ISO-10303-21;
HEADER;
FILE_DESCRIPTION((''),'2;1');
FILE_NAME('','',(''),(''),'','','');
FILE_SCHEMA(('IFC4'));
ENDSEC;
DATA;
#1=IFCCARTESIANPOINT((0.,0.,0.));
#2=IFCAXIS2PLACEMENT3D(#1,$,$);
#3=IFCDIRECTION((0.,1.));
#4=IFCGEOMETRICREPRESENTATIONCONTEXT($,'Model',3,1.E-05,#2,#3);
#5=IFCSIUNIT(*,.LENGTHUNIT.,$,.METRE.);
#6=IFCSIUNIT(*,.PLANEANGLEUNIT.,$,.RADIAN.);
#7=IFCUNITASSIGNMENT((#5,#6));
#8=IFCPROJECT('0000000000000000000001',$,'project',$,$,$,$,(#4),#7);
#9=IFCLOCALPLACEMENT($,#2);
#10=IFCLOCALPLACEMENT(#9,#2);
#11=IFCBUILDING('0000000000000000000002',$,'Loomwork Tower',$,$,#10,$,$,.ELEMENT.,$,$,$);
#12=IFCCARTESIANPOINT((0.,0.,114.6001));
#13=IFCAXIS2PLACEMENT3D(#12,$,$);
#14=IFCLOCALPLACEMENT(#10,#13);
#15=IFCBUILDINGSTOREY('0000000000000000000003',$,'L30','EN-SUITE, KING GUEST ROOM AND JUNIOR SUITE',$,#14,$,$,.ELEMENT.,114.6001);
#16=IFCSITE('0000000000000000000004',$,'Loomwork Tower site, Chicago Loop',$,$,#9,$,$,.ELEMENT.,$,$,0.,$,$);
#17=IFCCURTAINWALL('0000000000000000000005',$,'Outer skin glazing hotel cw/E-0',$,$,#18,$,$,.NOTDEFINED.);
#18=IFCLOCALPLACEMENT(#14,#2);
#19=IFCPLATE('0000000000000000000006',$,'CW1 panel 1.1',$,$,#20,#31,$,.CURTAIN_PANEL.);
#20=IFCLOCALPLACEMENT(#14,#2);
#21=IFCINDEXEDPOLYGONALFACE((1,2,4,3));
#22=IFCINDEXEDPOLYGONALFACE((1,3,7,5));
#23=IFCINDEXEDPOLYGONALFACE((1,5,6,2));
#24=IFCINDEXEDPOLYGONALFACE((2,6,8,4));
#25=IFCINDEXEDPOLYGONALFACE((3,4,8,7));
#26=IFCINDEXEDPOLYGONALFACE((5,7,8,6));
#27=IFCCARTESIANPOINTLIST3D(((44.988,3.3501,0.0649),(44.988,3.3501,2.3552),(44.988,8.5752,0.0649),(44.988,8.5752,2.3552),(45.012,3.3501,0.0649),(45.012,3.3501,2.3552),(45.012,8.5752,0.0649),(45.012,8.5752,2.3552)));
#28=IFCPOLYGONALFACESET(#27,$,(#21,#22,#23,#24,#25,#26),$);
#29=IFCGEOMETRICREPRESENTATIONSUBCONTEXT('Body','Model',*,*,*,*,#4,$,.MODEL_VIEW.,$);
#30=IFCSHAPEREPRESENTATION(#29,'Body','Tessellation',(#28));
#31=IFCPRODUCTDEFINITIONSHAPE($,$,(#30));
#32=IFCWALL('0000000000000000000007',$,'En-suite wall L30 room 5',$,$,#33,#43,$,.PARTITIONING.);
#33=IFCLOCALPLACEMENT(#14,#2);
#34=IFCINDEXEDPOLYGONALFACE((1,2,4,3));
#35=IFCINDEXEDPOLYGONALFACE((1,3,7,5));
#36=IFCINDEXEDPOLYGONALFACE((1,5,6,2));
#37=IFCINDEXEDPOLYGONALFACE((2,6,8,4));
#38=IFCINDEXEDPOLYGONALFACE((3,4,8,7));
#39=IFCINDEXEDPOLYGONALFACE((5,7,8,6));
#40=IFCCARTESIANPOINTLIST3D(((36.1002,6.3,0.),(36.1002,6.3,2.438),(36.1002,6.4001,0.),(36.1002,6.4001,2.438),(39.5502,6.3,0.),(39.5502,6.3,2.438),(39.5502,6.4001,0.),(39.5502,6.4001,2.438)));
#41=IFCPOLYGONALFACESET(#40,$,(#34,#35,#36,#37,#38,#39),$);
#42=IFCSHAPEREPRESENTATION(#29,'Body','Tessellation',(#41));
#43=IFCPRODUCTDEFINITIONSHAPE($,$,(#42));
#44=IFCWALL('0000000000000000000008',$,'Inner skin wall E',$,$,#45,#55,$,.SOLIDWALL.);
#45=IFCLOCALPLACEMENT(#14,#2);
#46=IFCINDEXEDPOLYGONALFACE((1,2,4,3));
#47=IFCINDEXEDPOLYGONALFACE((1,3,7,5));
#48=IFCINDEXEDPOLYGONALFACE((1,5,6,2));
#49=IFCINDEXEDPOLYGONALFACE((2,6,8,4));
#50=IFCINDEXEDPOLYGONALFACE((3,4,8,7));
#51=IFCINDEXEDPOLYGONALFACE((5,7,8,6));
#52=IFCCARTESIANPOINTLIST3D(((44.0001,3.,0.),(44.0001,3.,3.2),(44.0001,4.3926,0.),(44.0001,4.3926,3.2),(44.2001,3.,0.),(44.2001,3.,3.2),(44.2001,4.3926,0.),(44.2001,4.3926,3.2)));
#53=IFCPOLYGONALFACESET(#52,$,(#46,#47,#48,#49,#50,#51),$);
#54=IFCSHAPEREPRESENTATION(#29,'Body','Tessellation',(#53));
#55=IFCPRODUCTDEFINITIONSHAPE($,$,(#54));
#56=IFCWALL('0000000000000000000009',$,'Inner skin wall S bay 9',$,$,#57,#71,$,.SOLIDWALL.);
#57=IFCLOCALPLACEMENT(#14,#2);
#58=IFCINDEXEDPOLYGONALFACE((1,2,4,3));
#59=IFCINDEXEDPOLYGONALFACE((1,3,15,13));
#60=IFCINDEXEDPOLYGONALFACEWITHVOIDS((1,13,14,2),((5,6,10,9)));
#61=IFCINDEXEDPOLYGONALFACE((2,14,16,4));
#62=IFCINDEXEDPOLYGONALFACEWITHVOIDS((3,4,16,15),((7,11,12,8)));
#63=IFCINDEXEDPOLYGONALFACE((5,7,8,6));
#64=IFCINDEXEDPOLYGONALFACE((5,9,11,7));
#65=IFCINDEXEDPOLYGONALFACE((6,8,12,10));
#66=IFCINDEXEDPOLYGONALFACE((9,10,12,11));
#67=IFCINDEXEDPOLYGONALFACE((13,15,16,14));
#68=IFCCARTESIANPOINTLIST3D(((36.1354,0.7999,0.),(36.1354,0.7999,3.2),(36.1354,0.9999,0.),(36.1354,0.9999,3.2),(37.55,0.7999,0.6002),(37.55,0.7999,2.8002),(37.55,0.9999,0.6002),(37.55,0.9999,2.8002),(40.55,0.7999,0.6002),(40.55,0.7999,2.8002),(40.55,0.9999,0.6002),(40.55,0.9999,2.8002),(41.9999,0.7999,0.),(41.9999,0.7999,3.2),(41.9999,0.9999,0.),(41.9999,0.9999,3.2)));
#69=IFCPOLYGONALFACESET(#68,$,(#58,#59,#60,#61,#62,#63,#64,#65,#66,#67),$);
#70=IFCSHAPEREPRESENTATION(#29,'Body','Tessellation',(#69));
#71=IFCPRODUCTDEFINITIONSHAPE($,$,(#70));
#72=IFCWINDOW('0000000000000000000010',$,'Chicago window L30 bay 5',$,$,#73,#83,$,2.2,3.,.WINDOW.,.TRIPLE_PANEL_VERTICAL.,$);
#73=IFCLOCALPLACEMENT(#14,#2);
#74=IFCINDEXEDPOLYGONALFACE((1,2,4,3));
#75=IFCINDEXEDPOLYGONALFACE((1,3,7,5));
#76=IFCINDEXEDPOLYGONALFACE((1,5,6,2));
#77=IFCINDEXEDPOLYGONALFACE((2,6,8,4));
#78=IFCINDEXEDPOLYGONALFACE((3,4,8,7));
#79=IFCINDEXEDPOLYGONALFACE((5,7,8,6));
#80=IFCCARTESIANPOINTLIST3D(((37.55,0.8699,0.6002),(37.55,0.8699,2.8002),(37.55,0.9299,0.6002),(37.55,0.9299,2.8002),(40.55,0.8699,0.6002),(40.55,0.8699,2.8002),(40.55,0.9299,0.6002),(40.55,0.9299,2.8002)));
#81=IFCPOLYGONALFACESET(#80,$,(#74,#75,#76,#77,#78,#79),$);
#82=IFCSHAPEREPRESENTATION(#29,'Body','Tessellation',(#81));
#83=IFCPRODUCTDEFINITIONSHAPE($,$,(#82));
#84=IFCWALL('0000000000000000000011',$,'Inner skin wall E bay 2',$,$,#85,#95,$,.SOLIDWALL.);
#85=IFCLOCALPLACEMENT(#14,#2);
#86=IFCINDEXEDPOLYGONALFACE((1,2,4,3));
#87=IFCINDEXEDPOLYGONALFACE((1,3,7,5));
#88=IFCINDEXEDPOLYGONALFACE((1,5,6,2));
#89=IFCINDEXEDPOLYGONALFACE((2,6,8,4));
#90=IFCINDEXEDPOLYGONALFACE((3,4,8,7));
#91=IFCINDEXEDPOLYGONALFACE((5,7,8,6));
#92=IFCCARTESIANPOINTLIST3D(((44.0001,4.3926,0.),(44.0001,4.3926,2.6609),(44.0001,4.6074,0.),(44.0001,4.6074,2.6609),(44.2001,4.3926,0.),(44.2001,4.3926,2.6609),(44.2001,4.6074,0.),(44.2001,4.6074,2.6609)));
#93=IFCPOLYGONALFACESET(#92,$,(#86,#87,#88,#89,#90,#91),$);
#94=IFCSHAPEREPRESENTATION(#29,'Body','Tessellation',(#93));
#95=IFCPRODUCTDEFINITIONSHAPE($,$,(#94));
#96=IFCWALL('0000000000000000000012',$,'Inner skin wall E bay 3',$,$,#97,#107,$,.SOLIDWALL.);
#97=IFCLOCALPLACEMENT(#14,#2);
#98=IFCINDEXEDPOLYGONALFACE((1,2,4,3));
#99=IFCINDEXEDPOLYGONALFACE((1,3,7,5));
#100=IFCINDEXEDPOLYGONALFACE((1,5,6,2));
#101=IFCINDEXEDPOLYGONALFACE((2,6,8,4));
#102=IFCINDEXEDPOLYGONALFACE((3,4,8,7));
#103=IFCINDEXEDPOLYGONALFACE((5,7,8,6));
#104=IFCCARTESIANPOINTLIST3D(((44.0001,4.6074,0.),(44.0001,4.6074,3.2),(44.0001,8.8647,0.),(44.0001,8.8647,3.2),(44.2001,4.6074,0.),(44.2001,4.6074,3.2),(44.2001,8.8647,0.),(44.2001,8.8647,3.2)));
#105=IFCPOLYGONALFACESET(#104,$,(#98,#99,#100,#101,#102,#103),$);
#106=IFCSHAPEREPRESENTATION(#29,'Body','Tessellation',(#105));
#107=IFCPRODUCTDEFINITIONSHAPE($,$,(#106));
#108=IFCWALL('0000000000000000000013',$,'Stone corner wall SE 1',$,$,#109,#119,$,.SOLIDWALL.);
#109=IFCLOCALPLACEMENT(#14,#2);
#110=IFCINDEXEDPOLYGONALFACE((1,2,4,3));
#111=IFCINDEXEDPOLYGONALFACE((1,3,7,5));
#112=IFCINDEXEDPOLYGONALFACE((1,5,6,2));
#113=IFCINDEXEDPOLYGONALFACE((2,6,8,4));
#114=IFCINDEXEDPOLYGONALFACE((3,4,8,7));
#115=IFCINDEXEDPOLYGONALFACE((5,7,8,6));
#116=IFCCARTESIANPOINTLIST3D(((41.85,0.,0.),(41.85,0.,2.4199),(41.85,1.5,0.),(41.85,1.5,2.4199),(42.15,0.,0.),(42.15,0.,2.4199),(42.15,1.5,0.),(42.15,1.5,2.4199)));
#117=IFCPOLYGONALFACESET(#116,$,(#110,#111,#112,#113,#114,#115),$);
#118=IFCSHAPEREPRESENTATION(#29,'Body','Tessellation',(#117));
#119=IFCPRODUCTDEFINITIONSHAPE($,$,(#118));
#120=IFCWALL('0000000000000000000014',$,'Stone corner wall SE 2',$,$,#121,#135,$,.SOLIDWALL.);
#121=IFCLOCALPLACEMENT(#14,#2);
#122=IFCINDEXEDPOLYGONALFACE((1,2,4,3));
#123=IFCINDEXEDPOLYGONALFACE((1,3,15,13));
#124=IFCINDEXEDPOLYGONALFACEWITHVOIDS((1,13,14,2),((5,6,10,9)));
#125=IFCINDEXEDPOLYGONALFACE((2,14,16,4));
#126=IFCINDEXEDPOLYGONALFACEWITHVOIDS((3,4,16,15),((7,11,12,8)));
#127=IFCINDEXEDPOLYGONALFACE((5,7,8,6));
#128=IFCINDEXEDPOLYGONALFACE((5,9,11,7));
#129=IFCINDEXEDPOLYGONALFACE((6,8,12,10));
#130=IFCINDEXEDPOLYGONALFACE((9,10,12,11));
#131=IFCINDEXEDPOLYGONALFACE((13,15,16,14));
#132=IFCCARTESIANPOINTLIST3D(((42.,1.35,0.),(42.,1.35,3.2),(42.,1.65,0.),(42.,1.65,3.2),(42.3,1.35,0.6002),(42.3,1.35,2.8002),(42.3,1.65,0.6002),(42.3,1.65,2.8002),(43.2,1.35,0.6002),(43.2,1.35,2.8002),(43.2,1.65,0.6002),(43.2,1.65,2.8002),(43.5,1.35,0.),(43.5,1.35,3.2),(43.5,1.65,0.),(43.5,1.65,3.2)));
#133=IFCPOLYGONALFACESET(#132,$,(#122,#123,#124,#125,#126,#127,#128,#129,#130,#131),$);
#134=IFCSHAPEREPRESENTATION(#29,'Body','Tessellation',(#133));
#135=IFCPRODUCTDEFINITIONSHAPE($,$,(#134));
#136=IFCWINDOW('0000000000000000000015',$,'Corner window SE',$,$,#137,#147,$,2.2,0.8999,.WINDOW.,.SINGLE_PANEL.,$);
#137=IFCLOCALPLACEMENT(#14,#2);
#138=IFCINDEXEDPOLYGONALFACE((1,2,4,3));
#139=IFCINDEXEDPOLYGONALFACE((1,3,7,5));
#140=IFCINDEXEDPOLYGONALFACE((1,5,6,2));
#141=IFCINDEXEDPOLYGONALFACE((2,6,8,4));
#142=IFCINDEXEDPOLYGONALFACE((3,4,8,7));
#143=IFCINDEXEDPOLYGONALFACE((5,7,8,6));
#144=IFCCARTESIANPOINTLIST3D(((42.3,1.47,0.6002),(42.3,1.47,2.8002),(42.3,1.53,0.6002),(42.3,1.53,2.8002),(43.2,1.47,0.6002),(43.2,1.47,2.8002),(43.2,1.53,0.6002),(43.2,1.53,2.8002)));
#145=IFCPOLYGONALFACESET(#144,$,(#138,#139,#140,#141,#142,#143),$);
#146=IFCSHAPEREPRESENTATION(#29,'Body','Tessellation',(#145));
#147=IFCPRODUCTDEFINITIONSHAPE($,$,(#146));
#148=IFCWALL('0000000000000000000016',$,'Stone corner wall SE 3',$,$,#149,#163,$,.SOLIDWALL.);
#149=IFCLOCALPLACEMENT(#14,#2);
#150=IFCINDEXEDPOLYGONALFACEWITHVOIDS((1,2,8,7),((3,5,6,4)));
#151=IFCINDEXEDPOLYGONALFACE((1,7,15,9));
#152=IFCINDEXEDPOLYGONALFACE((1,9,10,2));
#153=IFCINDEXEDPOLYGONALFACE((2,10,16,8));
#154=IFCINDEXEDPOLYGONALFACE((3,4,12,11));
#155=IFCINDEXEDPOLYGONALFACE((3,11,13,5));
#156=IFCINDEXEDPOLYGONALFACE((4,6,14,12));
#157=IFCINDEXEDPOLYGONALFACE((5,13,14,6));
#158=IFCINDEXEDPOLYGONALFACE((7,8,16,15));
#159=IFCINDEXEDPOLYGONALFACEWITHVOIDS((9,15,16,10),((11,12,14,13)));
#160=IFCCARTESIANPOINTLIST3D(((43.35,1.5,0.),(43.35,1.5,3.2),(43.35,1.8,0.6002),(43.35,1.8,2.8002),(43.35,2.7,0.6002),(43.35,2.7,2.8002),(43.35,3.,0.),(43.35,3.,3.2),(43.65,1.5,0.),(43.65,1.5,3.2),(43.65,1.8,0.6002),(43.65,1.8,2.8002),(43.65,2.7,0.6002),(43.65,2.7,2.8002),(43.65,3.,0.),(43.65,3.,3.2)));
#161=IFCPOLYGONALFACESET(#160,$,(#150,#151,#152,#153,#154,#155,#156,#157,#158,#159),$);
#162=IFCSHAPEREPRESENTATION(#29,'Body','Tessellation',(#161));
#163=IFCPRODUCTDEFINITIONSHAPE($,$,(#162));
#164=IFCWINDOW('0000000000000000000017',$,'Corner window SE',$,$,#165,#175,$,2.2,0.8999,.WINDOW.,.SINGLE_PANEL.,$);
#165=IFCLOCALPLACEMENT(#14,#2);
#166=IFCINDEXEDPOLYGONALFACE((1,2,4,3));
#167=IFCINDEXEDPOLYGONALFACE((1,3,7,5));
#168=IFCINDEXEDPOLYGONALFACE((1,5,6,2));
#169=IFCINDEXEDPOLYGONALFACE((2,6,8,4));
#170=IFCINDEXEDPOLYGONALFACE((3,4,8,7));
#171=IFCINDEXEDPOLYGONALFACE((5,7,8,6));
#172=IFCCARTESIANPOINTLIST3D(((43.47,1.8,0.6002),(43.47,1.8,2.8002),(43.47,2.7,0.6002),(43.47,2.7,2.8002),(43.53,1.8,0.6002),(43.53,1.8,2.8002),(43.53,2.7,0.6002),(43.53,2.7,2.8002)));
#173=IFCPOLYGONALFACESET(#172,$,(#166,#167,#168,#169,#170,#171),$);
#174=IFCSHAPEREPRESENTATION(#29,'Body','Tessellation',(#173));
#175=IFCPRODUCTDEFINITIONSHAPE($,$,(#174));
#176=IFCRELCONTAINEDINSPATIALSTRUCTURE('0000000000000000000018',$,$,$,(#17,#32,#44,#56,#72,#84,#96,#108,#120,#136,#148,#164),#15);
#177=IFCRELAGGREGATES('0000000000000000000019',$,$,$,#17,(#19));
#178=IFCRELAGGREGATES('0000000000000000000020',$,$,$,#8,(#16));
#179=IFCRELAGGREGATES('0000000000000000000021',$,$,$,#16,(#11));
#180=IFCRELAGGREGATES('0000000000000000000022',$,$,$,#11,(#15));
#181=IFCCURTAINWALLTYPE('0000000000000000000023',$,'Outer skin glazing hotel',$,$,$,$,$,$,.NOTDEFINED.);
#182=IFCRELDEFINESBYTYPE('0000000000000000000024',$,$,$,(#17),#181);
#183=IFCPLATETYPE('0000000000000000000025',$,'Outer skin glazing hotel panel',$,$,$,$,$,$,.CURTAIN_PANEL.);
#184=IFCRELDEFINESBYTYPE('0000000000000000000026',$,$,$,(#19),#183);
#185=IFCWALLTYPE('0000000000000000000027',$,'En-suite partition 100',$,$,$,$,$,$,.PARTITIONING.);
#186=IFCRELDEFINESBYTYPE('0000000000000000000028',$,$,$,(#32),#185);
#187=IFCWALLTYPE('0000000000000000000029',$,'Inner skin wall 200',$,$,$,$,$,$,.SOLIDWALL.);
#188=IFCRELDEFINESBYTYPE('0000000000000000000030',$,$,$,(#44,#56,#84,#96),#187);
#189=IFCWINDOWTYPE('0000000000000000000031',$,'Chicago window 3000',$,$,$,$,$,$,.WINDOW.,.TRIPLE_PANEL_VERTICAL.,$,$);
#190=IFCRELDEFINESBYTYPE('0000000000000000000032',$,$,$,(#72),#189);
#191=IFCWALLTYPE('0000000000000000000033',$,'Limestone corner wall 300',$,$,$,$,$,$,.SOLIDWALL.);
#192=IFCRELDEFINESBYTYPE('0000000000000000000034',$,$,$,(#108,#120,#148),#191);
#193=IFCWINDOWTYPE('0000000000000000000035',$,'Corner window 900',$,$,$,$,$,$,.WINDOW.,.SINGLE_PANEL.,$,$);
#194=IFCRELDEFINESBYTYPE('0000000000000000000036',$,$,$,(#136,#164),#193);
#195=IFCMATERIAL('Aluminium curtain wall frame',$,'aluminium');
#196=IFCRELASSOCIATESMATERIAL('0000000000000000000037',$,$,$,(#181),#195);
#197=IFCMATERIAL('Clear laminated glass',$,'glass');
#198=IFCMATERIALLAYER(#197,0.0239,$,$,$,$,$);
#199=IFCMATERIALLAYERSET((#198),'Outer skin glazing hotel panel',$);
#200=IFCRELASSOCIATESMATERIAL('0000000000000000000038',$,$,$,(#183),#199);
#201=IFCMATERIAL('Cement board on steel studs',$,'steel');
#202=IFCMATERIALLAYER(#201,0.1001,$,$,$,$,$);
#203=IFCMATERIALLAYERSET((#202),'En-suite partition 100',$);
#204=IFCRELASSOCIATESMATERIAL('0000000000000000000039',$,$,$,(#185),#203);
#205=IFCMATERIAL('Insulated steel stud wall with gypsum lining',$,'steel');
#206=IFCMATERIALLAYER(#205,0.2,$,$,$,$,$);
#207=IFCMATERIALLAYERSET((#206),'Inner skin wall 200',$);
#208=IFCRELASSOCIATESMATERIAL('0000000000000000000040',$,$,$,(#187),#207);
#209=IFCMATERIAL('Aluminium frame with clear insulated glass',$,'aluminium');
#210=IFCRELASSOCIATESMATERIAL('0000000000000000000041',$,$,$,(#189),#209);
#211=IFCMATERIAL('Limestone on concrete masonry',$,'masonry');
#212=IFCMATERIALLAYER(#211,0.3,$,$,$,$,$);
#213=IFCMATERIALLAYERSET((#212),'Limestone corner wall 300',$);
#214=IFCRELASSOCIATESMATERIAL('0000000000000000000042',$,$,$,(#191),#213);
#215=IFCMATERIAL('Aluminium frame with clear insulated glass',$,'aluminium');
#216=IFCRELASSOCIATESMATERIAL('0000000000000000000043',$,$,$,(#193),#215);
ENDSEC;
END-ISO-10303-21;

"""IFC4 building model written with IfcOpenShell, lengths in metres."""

from ifc_helpers import new_model, si_unit, direction, frame, frame_2d, origin, origin_2d, place, context, subcontext, project, spatial, rectangle, extrude, material, layer, layer_set, type_object, element, fill, aggregate, save


model = new_model("IFC4")

# Units and contexts
model_context = context("Model", 3, precision=1e-05, world=origin(), true_north=direction((0.0, 1.0)))
body_context = subcontext(model_context, "Body", "Model", "MODEL_VIEW")
ifc_project = project(units=[si_unit("LENGTHUNIT", "METRE"), si_unit("PLANEANGLEUNIT", "RADIAN")], contexts=[model_context])

# Site, building, storey
site_placement = place(None, origin())
site = spatial("IfcSite", under=ifc_project, at=site_placement, Name="Loomwork Tower site, Chicago Loop", CompositionType="ELEMENT", RefElevation=0.0)
building_placement = place(site_placement, origin())
building = spatial("IfcBuilding", under=site, at=building_placement, Name="Loomwork Tower", CompositionType="ELEMENT")
storey_placement = place(building_placement, frame((0.0, 0.0, 114.6001)))
storey = spatial("IfcBuildingStorey", under=building, at=storey_placement, Name="L30", Description="EN-SUITE, KING GUEST ROOM AND JUNIOR SUITE", CompositionType="ELEMENT", Elevation=114.6001)

# Curtain wall
ifc_material_1 = material(Name="Aluminium curtain wall frame", Category="aluminium")
curtain_wall_type = type_object("IfcCurtainWallType", Name="Outer skin glazing hotel", PredefinedType="NOTDEFINED", material=ifc_material_1)
curtain_wall_1_placement = place(storey_placement, origin())
curtain_wall_1 = element("IfcCurtainWall", 1, at=curtain_wall_1_placement, inside=storey, type_object=curtain_wall_type, Name="Outer skin glazing hotel cw/E-0", PredefinedType="NOTDEFINED")

# Plate
ifc_material_2 = material(Name="Clear laminated glass", Category="glass")
ifc_layer_1 = layer(ifc_material_2, 0.0239)
ifc_layer_set_1 = layer_set([ifc_layer_1], Name="Outer skin glazing hotel panel")
plate_type = type_object("IfcPlateType", Name="Outer skin glazing hotel panel", PredefinedType="CURTAIN_PANEL", material=ifc_layer_set_1)
plate_1_placement = place(storey_placement, frame((45.0, 5.9626, 0.0649), z_axis=(0.0, 0.0, 1.0), x_axis=(0.0, 1.0, 0.0)))
plate_1 = element("IfcPlate", 2, at=plate_1_placement, type_object=plate_type, Name="CW1 panel 1.1", PredefinedType="CURTAIN_PANEL", context=body_context, shape_type="SweptSolid", body=[
    extrude(rectangle(XDim=5.2251, YDim=0.0239, at=origin_2d()), origin(), (0.0, 0.0, 1.0), 2.2903),
])
aggregate(curtain_wall_1, [plate_1])

# Walls
ifc_material_3 = material(Name="Cement board on steel studs", Category="steel")
ifc_layer_2 = layer(ifc_material_3, 0.1001)
ifc_layer_set_2 = layer_set([ifc_layer_2], Name="En-suite partition 100")
wall_type_1 = type_object("IfcWallType", Name="En-suite partition 100", PredefinedType="PARTITIONING", material=ifc_layer_set_2)
wall_1_placement = place(storey_placement, frame((36.1001, 6.3501, 0.0), z_axis=(0.0, 0.0, 1.0), x_axis=(1.0, 0.0, 0.0)))
element("IfcWall", 3, at=wall_1_placement, inside=storey, type_object=wall_type_1, Name="En-suite wall L30 room 5", PredefinedType="PARTITIONING", context=body_context, shape_type="SweptSolid", body=[
    extrude(rectangle(XDim=3.45, YDim=0.1001, at=frame_2d((1.7251, 0.0))), origin(), (0.0, 0.0, 1.0), 2.438),
])
ifc_material_4 = material(Name="Insulated steel stud wall with gypsum lining", Category="steel")
ifc_layer_3 = layer(ifc_material_4, 0.2)
ifc_layer_set_3 = layer_set([ifc_layer_3], Name="Inner skin wall 200")
wall_type_2 = type_object("IfcWallType", Name="Inner skin wall 200", PredefinedType="SOLIDWALL", material=ifc_layer_set_3)
wall_2_placement = place(storey_placement, frame((44.1001, 3.0, 0.0), z_axis=(0.0, 0.0, 1.0), x_axis=(0.0, 1.0, 0.0)))
element("IfcWall", 4, at=wall_2_placement, inside=storey, type_object=wall_type_2, Name="Inner skin wall E", PredefinedType="SOLIDWALL", context=body_context, shape_type="SweptSolid", body=[
    extrude(rectangle(XDim=1.3926, YDim=0.2, at=frame_2d((0.6963, 0.0))), origin(), (0.0, 0.0, 1.0), 3.2),
])

# Wall, opening, window
wall_3_placement = place(storey_placement, frame((36.1355, 0.8999, 0.0), z_axis=(0.0, 0.0, 1.0), x_axis=(1.0, 0.0, 0.0)))
wall_3 = element("IfcWall", 5, at=wall_3_placement, inside=storey, type_object=wall_type_2, Name="Inner skin wall S bay 9", PredefinedType="SOLIDWALL", context=body_context, shape_type="SweptSolid", body=[
    extrude(rectangle(XDim=5.8645, YDim=0.2, at=frame_2d((2.9321, 0.0))), origin(), (0.0, 0.0, 1.0), 3.2),
])
opening_1_placement = place(wall_3_placement, frame((1.4146, 0.0, 0.6001)))
opening_1 = element("IfcOpeningElement", 6, at=opening_1_placement, cuts=wall_3, PredefinedType="OPENING", context=body_context, shape_type="SweptSolid", body=[
    extrude(rectangle(XDim=3.0, YDim=2.2, at=frame_2d((1.5, 1.1001))), frame((0.0, 0.1099, 0.0), z_axis=(0.0, -1.0, 0.0), x_axis=(1.0, 0.0, 0.0)), (0.0, 0.0, 1.0), 0.22),
])
ifc_material_5 = material(Name="Aluminium frame with clear insulated glass", Category="aluminium")
window_type_1 = type_object("IfcWindowType", Name="Chicago window 3000", PartitioningType="TRIPLE_PANEL_VERTICAL", PredefinedType="WINDOW", material=ifc_material_5)
window_1_placement = place(opening_1_placement, origin())
window_1 = element("IfcWindow", 7, at=window_1_placement, inside=storey, type_object=window_type_1, Name="Chicago window L30 bay 5", OverallHeight=2.2, OverallWidth=3.0, PartitioningType="TRIPLE_PANEL_VERTICAL", PredefinedType="WINDOW", context=body_context, shape_type="SweptSolid", body=[
    extrude(rectangle(XDim=3.0, YDim=2.2, at=frame_2d((1.5, 1.1001))), frame((0.0, 0.03, 0.0), z_axis=(0.0, -1.0, 0.0), x_axis=(1.0, 0.0, 0.0)), (0.0, 0.0, 1.0), 0.0601),
])
fill(opening_1, window_1)

# Walls
wall_4_placement = place(storey_placement, frame((44.1001, 4.3926, 0.0), z_axis=(0.0, 0.0, 1.0), x_axis=(0.0, 1.0, 0.0)))
element("IfcWall", 8, at=wall_4_placement, inside=storey, type_object=wall_type_2, Name="Inner skin wall E bay 2", PredefinedType="SOLIDWALL", context=body_context, shape_type="SweptSolid", body=[
    extrude(rectangle(XDim=0.2148, YDim=0.2, at=frame_2d((0.1074, 0.0))), origin(), (0.0, 0.0, 1.0), 2.6609),
])
wall_5_placement = place(storey_placement, frame((44.1001, 4.6074, 0.0), z_axis=(0.0, 0.0, 1.0), x_axis=(0.0, 1.0, 0.0)))
element("IfcWall", 9, at=wall_5_placement, inside=storey, type_object=wall_type_2, Name="Inner skin wall E bay 3", PredefinedType="SOLIDWALL", context=body_context, shape_type="SweptSolid", body=[
    extrude(rectangle(XDim=4.2573, YDim=0.2, at=frame_2d((2.1287, 0.0))), origin(), (0.0, 0.0, 1.0), 3.2),
])
ifc_material_6 = material(Name="Limestone on concrete masonry", Category="masonry")
ifc_layer_4 = layer(ifc_material_6, 0.3)
ifc_layer_set_4 = layer_set([ifc_layer_4], Name="Limestone corner wall 300")
wall_type_3 = type_object("IfcWallType", Name="Limestone corner wall 300", PredefinedType="SOLIDWALL", material=ifc_layer_set_4)
wall_6_placement = place(storey_placement, frame((42.0, 0.0, 0.0), z_axis=(0.0, 0.0, 1.0), x_axis=(0.0, 1.0, 0.0)))
element("IfcWall", 10, at=wall_6_placement, inside=storey, type_object=wall_type_3, Name="Stone corner wall SE 1", PredefinedType="SOLIDWALL", context=body_context, shape_type="SweptSolid", body=[
    extrude(rectangle(XDim=1.5, YDim=0.3, at=frame_2d((0.75, 0.0))), origin(), (0.0, 0.0, 1.0), 2.4199),
])

# Walls, openings, windows
wall_7_placement = place(storey_placement, frame((42.0, 1.5, 0.0), z_axis=(0.0, 0.0, 1.0), x_axis=(1.0, 0.0, 0.0)))
wall_7 = element("IfcWall", 11, at=wall_7_placement, inside=storey, type_object=wall_type_3, Name="Stone corner wall SE 2", PredefinedType="SOLIDWALL", context=body_context, shape_type="SweptSolid", body=[
    extrude(rectangle(XDim=1.5, YDim=0.3, at=frame_2d((0.75, 0.0))), origin(), (0.0, 0.0, 1.0), 3.2),
])
opening_2_placement = place(wall_7_placement, frame((0.3, 0.0, 0.6001)))
opening_2 = element("IfcOpeningElement", 12, at=opening_2_placement, cuts=wall_7, PredefinedType="OPENING", context=body_context, shape_type="SweptSolid", body=[
    extrude(rectangle(XDim=0.8999, YDim=2.2, at=frame_2d((0.45, 1.1001))), frame((0.0, 0.1599, 0.0), z_axis=(0.0, -1.0, 0.0), x_axis=(1.0, 0.0, 0.0)), (0.0, 0.0, 1.0), 0.3201),
])
ifc_material_7 = material(Name="Aluminium frame with clear insulated glass", Category="aluminium")
window_type_2 = type_object("IfcWindowType", Name="Corner window 900", PartitioningType="SINGLE_PANEL", PredefinedType="WINDOW", material=ifc_material_7)
window_2_placement = place(opening_2_placement, origin())
window_2 = element("IfcWindow", 13, at=window_2_placement, inside=storey, type_object=window_type_2, Name="Corner window SE", OverallHeight=2.2, OverallWidth=0.8999, PartitioningType="SINGLE_PANEL", PredefinedType="WINDOW", context=body_context, shape_type="SweptSolid", body=[
    extrude(rectangle(XDim=0.8999, YDim=2.2, at=frame_2d((0.45, 1.1001))), frame((0.0, 0.03, 0.0), z_axis=(0.0, -1.0, 0.0), x_axis=(1.0, 0.0, 0.0)), (0.0, 0.0, 1.0), 0.0601),
])
fill(opening_2, window_2)
wall_8_placement = place(storey_placement, frame((43.5, 1.5, 0.0), z_axis=(0.0, 0.0, 1.0), x_axis=(0.0, 1.0, 0.0)))
wall_8 = element("IfcWall", 14, at=wall_8_placement, inside=storey, type_object=wall_type_3, Name="Stone corner wall SE 3", PredefinedType="SOLIDWALL", context=body_context, shape_type="SweptSolid", body=[
    extrude(rectangle(XDim=1.5, YDim=0.3, at=frame_2d((0.75, 0.0))), origin(), (0.0, 0.0, 1.0), 3.2),
])
opening_3_placement = place(wall_8_placement, frame((0.3, 0.0, 0.6001)))
opening_3 = element("IfcOpeningElement", 15, at=opening_3_placement, cuts=wall_8, PredefinedType="OPENING", context=body_context, shape_type="SweptSolid", body=[
    extrude(rectangle(XDim=0.8999, YDim=2.2, at=frame_2d((0.45, 1.1001))), frame((0.0, 0.1599, 0.0), z_axis=(0.0, -1.0, 0.0), x_axis=(1.0, 0.0, 0.0)), (0.0, 0.0, 1.0), 0.3201),
])
window_3_placement = place(opening_3_placement, origin())
window_3 = element("IfcWindow", 16, at=window_3_placement, inside=storey, type_object=window_type_2, Name="Corner window SE", OverallHeight=2.2, OverallWidth=0.8999, PartitioningType="SINGLE_PANEL", PredefinedType="WINDOW", context=body_context, shape_type="SweptSolid", body=[
    extrude(rectangle(XDim=0.8999, YDim=2.2, at=frame_2d((0.45, 1.1001))), frame((0.0, 0.03, 0.0), z_axis=(0.0, -1.0, 0.0), x_axis=(1.0, 0.0, 0.0)), (0.0, 0.0, 1.0), 0.0601),
])
fill(opening_3, window_3)

save(model, "model.ifc")
